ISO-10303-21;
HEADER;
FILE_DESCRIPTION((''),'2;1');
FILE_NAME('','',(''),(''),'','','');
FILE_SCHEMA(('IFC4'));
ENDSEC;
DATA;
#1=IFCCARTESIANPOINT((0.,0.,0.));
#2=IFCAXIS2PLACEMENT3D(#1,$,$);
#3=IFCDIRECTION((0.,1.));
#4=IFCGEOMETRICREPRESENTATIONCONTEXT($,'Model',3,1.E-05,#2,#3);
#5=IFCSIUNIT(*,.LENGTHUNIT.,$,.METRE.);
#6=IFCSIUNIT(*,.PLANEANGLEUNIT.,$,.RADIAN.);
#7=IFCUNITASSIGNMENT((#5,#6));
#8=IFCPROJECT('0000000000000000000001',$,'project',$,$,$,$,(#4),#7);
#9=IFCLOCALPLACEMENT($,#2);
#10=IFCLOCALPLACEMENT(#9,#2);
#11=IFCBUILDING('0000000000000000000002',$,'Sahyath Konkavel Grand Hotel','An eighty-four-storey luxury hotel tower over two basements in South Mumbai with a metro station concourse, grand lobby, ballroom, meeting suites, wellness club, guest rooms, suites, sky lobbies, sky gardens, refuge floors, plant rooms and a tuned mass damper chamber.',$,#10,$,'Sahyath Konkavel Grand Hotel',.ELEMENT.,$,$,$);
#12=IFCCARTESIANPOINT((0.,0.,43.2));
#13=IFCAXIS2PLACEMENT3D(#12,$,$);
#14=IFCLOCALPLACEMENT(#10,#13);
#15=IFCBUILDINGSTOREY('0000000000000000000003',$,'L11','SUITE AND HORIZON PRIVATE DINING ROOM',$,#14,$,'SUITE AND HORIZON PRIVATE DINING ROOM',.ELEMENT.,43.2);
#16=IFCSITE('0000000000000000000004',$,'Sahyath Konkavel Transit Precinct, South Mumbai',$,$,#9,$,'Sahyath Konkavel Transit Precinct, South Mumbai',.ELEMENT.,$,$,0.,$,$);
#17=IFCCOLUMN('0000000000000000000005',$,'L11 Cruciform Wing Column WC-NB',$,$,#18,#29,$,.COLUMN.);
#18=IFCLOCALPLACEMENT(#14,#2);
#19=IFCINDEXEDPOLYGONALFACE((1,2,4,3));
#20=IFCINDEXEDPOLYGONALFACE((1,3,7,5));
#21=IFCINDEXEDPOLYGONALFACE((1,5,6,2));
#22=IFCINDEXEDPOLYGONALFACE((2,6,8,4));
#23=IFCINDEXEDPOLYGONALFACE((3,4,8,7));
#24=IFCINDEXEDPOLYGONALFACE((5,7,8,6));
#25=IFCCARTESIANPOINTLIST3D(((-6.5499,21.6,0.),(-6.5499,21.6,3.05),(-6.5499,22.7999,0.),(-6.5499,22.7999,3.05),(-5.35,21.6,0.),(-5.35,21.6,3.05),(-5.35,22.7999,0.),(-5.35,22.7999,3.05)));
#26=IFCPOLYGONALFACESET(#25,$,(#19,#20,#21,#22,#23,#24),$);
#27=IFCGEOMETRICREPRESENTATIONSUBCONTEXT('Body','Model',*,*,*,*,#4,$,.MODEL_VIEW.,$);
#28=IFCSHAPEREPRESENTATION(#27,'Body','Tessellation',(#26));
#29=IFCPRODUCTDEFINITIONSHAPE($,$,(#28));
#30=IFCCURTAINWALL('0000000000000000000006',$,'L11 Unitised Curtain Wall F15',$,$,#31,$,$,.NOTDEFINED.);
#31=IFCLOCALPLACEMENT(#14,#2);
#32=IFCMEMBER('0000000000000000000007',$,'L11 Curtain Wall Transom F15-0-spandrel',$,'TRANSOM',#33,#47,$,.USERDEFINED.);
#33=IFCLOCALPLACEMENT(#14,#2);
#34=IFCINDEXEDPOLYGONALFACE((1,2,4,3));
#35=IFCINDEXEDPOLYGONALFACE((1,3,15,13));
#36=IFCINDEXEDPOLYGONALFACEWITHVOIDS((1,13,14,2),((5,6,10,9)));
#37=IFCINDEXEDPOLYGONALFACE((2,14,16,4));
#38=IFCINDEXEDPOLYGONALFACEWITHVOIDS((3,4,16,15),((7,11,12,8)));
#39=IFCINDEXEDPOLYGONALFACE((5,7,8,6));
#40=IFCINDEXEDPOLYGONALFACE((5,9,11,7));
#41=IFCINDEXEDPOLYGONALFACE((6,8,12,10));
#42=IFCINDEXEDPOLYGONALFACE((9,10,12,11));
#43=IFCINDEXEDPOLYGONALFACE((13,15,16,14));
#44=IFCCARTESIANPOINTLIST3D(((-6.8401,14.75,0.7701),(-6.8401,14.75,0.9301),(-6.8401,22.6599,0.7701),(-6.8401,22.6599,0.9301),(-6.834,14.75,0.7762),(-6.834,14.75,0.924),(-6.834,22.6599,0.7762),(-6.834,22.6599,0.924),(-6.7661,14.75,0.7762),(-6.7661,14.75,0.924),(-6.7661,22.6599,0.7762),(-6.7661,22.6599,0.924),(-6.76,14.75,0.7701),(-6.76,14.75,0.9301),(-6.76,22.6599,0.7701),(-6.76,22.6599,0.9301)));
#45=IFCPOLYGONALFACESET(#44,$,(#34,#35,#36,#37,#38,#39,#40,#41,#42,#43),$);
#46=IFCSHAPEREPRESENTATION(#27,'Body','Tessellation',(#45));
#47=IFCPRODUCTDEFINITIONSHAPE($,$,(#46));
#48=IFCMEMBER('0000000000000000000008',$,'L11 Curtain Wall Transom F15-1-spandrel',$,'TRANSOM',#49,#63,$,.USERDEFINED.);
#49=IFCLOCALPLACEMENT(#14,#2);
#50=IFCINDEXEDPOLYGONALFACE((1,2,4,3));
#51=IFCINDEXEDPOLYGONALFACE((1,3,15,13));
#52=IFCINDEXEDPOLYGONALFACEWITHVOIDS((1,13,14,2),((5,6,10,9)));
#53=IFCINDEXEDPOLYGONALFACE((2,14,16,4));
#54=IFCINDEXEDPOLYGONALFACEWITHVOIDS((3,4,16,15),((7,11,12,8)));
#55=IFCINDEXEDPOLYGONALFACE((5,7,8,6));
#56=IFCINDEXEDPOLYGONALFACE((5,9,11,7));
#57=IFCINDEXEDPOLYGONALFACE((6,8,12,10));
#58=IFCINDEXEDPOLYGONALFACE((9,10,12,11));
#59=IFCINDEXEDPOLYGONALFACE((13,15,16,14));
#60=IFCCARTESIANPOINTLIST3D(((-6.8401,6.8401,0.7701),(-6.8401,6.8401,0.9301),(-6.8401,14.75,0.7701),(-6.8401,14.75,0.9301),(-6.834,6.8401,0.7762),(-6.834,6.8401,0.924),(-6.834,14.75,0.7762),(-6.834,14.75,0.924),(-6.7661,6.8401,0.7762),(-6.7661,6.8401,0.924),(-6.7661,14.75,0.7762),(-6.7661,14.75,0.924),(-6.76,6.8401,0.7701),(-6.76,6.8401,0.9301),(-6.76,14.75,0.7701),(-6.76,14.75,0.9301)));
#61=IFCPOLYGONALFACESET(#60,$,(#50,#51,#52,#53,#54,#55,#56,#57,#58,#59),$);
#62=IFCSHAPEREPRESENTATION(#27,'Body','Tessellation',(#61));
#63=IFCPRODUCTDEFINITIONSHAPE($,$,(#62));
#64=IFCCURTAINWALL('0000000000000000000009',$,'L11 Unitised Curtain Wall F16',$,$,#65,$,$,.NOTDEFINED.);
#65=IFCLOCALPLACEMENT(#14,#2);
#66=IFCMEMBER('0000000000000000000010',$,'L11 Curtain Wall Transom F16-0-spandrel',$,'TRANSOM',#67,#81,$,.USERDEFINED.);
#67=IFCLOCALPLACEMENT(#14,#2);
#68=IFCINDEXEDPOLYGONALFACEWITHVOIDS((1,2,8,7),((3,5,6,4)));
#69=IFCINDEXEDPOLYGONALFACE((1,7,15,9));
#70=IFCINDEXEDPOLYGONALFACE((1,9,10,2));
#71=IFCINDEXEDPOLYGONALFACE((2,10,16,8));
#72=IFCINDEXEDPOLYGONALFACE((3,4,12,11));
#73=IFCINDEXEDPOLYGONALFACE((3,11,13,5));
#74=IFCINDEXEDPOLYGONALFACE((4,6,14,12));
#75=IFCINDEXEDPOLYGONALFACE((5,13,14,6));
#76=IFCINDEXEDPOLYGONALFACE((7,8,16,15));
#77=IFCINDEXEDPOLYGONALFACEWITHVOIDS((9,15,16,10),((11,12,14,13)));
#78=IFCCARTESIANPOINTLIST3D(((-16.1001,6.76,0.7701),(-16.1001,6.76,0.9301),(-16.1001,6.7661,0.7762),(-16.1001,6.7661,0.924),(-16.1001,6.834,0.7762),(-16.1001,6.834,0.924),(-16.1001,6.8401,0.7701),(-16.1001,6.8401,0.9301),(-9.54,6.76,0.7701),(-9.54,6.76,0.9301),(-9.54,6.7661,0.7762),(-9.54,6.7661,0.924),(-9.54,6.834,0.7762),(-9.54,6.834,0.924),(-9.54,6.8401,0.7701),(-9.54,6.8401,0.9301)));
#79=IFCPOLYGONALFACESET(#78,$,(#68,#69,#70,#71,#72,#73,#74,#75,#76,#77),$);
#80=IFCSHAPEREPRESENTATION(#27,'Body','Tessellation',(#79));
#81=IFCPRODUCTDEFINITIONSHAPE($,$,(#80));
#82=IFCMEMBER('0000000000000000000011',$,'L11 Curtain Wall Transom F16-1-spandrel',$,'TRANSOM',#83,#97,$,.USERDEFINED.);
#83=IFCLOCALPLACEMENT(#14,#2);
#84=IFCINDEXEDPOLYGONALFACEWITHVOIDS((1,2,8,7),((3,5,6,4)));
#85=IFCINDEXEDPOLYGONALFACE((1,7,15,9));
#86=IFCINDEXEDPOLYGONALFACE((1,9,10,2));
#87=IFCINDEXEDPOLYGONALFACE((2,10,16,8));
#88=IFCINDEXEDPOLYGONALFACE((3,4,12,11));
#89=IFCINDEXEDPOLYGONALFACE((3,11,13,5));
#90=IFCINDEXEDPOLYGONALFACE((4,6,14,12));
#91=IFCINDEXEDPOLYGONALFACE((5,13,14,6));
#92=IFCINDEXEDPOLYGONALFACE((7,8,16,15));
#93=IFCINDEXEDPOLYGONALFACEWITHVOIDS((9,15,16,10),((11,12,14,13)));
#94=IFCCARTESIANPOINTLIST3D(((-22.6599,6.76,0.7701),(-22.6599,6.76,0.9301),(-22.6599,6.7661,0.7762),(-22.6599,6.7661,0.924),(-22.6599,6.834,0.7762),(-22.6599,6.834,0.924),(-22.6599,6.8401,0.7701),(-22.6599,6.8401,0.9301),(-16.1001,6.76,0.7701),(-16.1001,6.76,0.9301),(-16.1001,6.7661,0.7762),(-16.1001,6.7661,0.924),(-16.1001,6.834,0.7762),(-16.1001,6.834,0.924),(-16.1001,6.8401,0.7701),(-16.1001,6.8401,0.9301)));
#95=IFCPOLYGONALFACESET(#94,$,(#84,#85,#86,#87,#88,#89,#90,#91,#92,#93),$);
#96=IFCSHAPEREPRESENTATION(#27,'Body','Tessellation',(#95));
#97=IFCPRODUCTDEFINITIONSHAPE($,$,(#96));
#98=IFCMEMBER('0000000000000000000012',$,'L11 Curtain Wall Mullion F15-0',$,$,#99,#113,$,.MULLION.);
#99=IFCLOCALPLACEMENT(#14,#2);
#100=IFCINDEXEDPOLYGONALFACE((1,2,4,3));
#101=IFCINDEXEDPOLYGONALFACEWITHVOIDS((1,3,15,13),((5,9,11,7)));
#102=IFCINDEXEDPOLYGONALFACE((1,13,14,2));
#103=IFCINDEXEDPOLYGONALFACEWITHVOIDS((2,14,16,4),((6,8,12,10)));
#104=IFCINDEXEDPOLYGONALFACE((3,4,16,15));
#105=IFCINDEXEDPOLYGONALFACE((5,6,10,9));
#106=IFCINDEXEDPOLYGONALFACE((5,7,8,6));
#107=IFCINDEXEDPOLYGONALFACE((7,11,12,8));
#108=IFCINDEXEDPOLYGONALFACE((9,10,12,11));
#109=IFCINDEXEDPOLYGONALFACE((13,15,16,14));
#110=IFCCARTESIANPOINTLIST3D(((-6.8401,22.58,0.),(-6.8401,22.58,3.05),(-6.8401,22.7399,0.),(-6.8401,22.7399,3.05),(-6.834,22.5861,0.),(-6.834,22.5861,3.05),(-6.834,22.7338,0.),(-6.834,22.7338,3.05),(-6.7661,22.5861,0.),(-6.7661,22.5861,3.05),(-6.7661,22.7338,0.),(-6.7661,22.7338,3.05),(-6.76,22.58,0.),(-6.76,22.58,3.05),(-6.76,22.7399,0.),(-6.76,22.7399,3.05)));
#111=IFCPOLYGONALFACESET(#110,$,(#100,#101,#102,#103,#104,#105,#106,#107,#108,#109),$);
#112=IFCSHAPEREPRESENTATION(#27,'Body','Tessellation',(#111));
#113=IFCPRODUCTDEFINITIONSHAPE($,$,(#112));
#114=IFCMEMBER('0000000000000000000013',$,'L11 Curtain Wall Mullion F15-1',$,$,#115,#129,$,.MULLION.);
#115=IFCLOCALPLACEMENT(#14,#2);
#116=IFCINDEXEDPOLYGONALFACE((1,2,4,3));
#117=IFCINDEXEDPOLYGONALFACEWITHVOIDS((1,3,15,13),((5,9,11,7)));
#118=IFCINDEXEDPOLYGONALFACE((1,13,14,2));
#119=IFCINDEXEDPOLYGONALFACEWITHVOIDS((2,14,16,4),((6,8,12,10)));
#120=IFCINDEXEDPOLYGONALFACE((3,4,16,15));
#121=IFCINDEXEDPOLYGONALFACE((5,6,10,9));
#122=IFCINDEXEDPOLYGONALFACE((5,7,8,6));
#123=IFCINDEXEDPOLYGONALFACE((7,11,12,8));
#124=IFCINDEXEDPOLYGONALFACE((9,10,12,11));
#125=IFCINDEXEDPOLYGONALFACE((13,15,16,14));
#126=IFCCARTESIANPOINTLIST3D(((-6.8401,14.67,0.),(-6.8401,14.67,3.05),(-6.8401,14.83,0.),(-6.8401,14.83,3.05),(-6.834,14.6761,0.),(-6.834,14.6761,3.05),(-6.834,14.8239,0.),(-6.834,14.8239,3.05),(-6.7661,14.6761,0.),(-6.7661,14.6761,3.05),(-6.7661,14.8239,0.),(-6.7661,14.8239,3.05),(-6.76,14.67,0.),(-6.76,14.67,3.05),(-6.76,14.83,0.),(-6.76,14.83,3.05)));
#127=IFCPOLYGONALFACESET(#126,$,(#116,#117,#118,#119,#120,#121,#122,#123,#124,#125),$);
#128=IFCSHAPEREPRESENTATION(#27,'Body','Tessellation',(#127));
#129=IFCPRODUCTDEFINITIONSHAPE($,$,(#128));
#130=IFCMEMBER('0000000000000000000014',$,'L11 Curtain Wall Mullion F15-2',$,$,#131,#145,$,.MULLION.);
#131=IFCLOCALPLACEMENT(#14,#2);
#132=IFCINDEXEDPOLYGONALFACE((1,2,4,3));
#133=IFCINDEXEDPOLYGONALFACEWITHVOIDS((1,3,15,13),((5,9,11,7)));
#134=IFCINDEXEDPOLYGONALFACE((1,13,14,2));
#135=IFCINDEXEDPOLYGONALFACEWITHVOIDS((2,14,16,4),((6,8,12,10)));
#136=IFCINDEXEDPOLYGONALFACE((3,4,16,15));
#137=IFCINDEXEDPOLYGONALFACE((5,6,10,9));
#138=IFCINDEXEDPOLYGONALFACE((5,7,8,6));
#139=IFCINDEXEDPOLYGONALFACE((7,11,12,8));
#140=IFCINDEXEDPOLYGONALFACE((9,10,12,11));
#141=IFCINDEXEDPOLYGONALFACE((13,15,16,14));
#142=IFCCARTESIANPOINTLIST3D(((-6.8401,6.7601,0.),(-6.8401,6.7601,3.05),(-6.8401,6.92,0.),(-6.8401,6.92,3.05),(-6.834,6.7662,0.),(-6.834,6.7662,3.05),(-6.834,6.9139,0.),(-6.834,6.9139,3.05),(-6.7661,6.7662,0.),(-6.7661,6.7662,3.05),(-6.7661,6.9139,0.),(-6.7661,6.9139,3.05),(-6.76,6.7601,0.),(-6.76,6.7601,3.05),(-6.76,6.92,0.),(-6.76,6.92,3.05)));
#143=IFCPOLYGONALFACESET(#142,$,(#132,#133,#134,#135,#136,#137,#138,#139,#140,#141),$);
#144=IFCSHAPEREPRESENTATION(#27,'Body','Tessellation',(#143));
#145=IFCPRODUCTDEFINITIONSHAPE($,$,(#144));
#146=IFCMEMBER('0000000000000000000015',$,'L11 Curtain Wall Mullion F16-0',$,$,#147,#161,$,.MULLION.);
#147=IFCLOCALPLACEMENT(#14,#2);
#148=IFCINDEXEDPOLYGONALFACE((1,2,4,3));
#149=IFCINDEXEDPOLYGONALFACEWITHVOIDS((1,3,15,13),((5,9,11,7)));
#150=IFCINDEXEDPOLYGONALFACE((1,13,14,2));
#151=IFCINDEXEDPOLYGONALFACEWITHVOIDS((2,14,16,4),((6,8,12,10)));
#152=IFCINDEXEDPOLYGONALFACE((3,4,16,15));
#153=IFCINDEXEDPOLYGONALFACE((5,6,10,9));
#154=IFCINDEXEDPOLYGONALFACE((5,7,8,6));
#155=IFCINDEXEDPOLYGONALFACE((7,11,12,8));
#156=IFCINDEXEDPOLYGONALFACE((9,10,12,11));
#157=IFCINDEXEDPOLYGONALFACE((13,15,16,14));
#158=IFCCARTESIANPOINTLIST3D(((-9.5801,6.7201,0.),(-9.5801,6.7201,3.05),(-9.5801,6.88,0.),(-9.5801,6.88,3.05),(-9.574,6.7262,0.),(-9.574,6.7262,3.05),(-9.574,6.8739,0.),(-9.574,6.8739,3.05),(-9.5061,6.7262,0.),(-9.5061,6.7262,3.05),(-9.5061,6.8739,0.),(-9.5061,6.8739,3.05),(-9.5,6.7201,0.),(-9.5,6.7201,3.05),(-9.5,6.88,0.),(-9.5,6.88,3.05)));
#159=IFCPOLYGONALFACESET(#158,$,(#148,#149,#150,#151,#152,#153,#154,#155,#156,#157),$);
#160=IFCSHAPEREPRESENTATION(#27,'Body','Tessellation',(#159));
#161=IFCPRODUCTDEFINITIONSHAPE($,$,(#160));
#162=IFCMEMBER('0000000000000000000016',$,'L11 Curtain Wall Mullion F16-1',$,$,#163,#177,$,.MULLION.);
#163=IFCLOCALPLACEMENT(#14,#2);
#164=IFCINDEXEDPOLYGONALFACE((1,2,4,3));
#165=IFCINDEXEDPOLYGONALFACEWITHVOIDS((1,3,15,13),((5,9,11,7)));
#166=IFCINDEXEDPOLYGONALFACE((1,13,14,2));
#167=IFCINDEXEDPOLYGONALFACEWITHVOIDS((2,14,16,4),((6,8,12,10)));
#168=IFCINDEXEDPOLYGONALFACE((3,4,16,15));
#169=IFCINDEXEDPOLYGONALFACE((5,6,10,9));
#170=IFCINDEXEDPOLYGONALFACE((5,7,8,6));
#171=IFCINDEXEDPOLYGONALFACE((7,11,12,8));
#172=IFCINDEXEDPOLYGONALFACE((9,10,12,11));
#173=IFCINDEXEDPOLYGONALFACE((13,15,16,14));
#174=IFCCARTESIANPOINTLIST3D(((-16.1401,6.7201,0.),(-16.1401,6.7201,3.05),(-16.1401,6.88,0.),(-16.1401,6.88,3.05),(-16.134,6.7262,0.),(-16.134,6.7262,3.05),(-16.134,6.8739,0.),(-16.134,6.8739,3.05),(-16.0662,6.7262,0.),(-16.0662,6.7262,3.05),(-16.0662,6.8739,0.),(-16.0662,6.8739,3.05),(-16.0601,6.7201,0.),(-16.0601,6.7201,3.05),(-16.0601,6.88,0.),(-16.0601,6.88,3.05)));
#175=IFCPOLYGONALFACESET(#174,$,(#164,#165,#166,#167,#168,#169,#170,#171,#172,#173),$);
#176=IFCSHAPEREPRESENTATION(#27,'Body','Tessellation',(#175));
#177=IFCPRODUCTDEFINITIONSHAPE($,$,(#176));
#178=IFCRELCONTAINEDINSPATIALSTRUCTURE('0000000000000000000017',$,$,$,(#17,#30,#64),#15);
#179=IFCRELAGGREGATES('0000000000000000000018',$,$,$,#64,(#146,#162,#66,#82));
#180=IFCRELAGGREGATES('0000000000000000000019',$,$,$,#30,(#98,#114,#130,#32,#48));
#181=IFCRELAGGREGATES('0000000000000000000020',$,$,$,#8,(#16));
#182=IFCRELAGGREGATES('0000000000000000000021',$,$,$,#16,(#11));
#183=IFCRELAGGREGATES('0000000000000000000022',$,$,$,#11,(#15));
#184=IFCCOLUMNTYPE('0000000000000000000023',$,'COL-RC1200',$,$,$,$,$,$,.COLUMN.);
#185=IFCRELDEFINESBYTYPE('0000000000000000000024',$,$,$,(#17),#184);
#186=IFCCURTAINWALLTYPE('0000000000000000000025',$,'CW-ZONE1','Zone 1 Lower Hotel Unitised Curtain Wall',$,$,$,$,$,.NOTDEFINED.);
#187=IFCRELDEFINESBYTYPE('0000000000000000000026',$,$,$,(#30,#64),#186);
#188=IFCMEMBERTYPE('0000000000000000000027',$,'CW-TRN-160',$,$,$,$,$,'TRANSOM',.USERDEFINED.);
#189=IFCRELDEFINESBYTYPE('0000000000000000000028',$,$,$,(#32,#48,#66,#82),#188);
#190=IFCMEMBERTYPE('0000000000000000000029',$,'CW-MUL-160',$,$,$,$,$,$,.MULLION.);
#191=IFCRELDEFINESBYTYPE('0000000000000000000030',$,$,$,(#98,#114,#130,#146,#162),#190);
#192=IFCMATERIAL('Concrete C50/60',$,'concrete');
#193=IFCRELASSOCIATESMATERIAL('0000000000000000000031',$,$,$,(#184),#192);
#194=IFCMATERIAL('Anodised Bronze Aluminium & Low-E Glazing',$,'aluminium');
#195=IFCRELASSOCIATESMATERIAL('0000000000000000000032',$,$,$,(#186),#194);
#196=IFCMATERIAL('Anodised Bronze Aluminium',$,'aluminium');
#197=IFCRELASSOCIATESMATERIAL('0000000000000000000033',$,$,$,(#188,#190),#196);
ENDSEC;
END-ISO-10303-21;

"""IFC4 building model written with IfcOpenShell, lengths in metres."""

from ifc_helpers import new_model, si_unit, direction, frame, origin, origin_2d, place, context, subcontext, project, spatial, rectangle, hollow_rectangle, extrude, source, transform, mapped, material, material_profile, profile_set, type_object, element, aggregate, save


model = new_model("IFC4")

# Units and contexts
model_context = context("Model", 3, precision=1e-05, world=origin(), true_north=direction((0.0, 1.0)))
body_context = subcontext(model_context, "Body", "Model", "MODEL_VIEW")
ifc_project = project(units=[si_unit("LENGTHUNIT", "METRE"), si_unit("PLANEANGLEUNIT", "RADIAN")], contexts=[model_context])

# Site, building, storey
site_placement = place(None, origin())
site = spatial("IfcSite", under=ifc_project, at=site_placement, Name="Sahyath Konkavel Transit Precinct, South Mumbai", LongName="Sahyath Konkavel Transit Precinct, South Mumbai", CompositionType="ELEMENT", RefElevation=0.0)
building_placement = place(site_placement, origin())
building = spatial("IfcBuilding", under=site, at=building_placement, Name="Sahyath Konkavel Grand Hotel", Description="An eighty-four-storey luxury hotel tower over two basements in South Mumbai with a metro station concourse, grand lobby, ballroom, meeting suites, wellness club, guest rooms, suites, sky lobbies, sky gardens, refuge floors, plant rooms and a tuned mass damper chamber.", LongName="Sahyath Konkavel Grand Hotel", CompositionType="ELEMENT")
storey_placement = place(building_placement, frame((0.0, 0.0, 43.2)))
storey = spatial("IfcBuildingStorey", under=building, at=storey_placement, Name="L11", Description="SUITE AND HORIZON PRIVATE DINING ROOM", LongName="SUITE AND HORIZON PRIVATE DINING ROOM", CompositionType="ELEMENT", Elevation=43.2)

# Column
ifc_material_1 = material(Name="Concrete C50/60", Category="concrete")
ifc_material_profile_1 = material_profile(ifc_material_1, rectangle(XDim=1.2, YDim=1.2, at=origin_2d()), Name="RC 1200x1200")
ifc_profile_set_1 = profile_set([ifc_material_profile_1], Name="Concrete C50/60")
column_type = type_object("IfcColumnType", Name="COL-RC1200", PredefinedType="COLUMN", material=ifc_profile_set_1)
shared_shape_1 = source(origin(), body_context, "Body", "SweptSolid", [
    extrude(rectangle(XDim=1.2, YDim=1.2, at=origin_2d()), origin(), (0.0, 0.0, 1.0), 3.05),
])
column_placement = place(storey_placement, frame((-5.95, 22.2, 0.0), z_axis=(0.0, 0.0, 1.0), x_axis=(1.0, 0.0, 0.0)))
element("IfcColumn", 1, at=column_placement, inside=storey, type_object=column_type, Name="L11 Cruciform Wing Column WC-NB", PredefinedType="COLUMN", context=body_context, shape_type="MappedRepresentation", body=[
    mapped(shared_shape_1, transform((0.0, 0.0, 0.0), scale=1.0)),
])

# Curtain walls, members
ifc_material_2 = material(Name="Anodised Bronze Aluminium & Low-E Glazing", Category="aluminium")
curtain_wall_type = type_object("IfcCurtainWallType", Name="CW-ZONE1", Description="Zone 1 Lower Hotel Unitised Curtain Wall", PredefinedType="NOTDEFINED", material=ifc_material_2)
curtain_wall_1_placement = place(storey_placement, origin())
curtain_wall_1 = element("IfcCurtainWall", 2, at=curtain_wall_1_placement, inside=storey, type_object=curtain_wall_type, Name="L11 Unitised Curtain Wall F15", PredefinedType="NOTDEFINED")
ifc_material_3 = material(Name="Anodised Bronze Aluminium", Category="aluminium")
ifc_material_profile_2 = material_profile(ifc_material_3, hollow_rectangle(XDim=0.0801, YDim=0.1599, WallThickness=0.0061, at=origin_2d()), Name="RHS 160x80x6")
ifc_profile_set_2 = profile_set([ifc_material_profile_2], Name="Anodised Bronze Aluminium")
member_type_1 = type_object("IfcMemberType", Name="CW-TRN-160", ElementType="TRANSOM", PredefinedType="USERDEFINED", material=ifc_profile_set_2)
shared_shape_2 = source(origin(), body_context, "Body", "SweptSolid", [
    extrude(hollow_rectangle(XDim=0.0801, YDim=0.1599, WallThickness=0.0061, at=origin_2d()), origin(), (0.0, 0.0, 1.0), 7.9099),
])
member_1_placement = place(storey_placement, frame((-6.8, 22.6599, 0.8501), z_axis=(0.0, -1.0, 0.0), x_axis=(1.0, 0.0, 0.0)))
member_1 = element("IfcMember", 3, at=member_1_placement, type_object=member_type_1, Name="L11 Curtain Wall Transom F15-0-spandrel", ObjectType="TRANSOM", PredefinedType="USERDEFINED", context=body_context, shape_type="MappedRepresentation", body=[
    mapped(shared_shape_2, transform((0.0, 0.0, 0.0), scale=1.0)),
])
member_2_placement = place(storey_placement, frame((-6.8, 14.75, 0.8501), z_axis=(0.0, -1.0, 0.0), x_axis=(1.0, 0.0, 0.0)))
member_2 = element("IfcMember", 4, at=member_2_placement, type_object=member_type_1, Name="L11 Curtain Wall Transom F15-1-spandrel", ObjectType="TRANSOM", PredefinedType="USERDEFINED", context=body_context, shape_type="MappedRepresentation", body=[
    mapped(shared_shape_2, transform((0.0, 0.0, 0.0), scale=1.0)),
])
curtain_wall_2_placement = place(storey_placement, origin())
curtain_wall_2 = element("IfcCurtainWall", 5, at=curtain_wall_2_placement, inside=storey, type_object=curtain_wall_type, Name="L11 Unitised Curtain Wall F16", PredefinedType="NOTDEFINED")
shared_shape_3 = source(origin(), body_context, "Body", "SweptSolid", [
    extrude(hollow_rectangle(XDim=0.0801, YDim=0.1599, WallThickness=0.0061, at=origin_2d()), origin(), (0.0, 0.0, 1.0), 6.5601),
])
member_3_placement = place(storey_placement, frame((-9.54, 6.8, 0.8501), z_axis=(-1.0, 0.0, 0.0), x_axis=(0.0, -1.0, 0.0)))
member_3 = element("IfcMember", 6, at=member_3_placement, type_object=member_type_1, Name="L11 Curtain Wall Transom F16-0-spandrel", ObjectType="TRANSOM", PredefinedType="USERDEFINED", context=body_context, shape_type="MappedRepresentation", body=[
    mapped(shared_shape_3, transform((0.0, 0.0, 0.0), scale=1.0)),
])
shared_shape_4 = source(origin(), body_context, "Body", "SweptSolid", [
    extrude(hollow_rectangle(XDim=0.0801, YDim=0.1599, WallThickness=0.0061, at=origin_2d()), origin(), (0.0, 0.0, 1.0), 6.5598),
])
member_4_placement = place(storey_placement, frame((-16.1001, 6.8, 0.8501), z_axis=(-1.0, 0.0, 0.0), x_axis=(0.0, -1.0, 0.0)))
member_4 = element("IfcMember", 7, at=member_4_placement, type_object=member_type_1, Name="L11 Curtain Wall Transom F16-1-spandrel", ObjectType="TRANSOM", PredefinedType="USERDEFINED", context=body_context, shape_type="MappedRepresentation", body=[
    mapped(shared_shape_4, transform((0.0, 0.0, 0.0), scale=1.0)),
])

# Members
ifc_material_profile_3 = material_profile(ifc_material_3, hollow_rectangle(XDim=0.0801, YDim=0.1599, WallThickness=0.0061, at=origin_2d()), Name="RHS 160x80x6")
ifc_profile_set_3 = profile_set([ifc_material_profile_3], Name="Anodised Bronze Aluminium")
member_type_2 = type_object("IfcMemberType", Name="CW-MUL-160", PredefinedType="MULLION", material=ifc_profile_set_3)
shared_shape_5 = source(origin(), body_context, "Body", "SweptSolid", [
    extrude(hollow_rectangle(XDim=0.0801, YDim=0.1599, WallThickness=0.0061, at=origin_2d()), origin(), (0.0, 0.0, 1.0), 3.05),
])
member_5_placement = place(storey_placement, frame((-6.8, 22.6599, 0.0), z_axis=(0.0, 0.0, 1.0), x_axis=(1.0, 0.0, 0.0)))
member_5 = element("IfcMember", 8, at=member_5_placement, type_object=member_type_2, Name="L11 Curtain Wall Mullion F15-0", PredefinedType="MULLION", context=body_context, shape_type="MappedRepresentation", body=[
    mapped(shared_shape_5, transform((0.0, 0.0, 0.0), scale=1.0)),
])
member_6_placement = place(storey_placement, frame((-6.8, 14.75, 0.0), z_axis=(0.0, 0.0, 1.0), x_axis=(1.0, 0.0, 0.0)))
member_6 = element("IfcMember", 9, at=member_6_placement, type_object=member_type_2, Name="L11 Curtain Wall Mullion F15-1", PredefinedType="MULLION", context=body_context, shape_type="MappedRepresentation", body=[
    mapped(shared_shape_5, transform((0.0, 0.0, 0.0), scale=1.0)),
])
member_7_placement = place(storey_placement, frame((-6.8, 6.8401, 0.0), z_axis=(0.0, 0.0, 1.0), x_axis=(1.0, 0.0, 0.0)))
member_7 = element("IfcMember", 10, at=member_7_placement, type_object=member_type_2, Name="L11 Curtain Wall Mullion F15-2", PredefinedType="MULLION", context=body_context, shape_type="MappedRepresentation", body=[
    mapped(shared_shape_5, transform((0.0, 0.0, 0.0), scale=1.0)),
])
member_8_placement = place(storey_placement, frame((-9.54, 6.8, 0.0), z_axis=(0.0, 0.0, 1.0), x_axis=(1.0, 0.0, 0.0)))
member_8 = element("IfcMember", 11, at=member_8_placement, type_object=member_type_2, Name="L11 Curtain Wall Mullion F16-0", PredefinedType="MULLION", context=body_context, shape_type="MappedRepresentation", body=[
    mapped(shared_shape_5, transform((0.0, 0.0, 0.0), scale=1.0)),
])
member_9_placement = place(storey_placement, frame((-16.1001, 6.8, 0.0), z_axis=(0.0, 0.0, 1.0), x_axis=(1.0, 0.0, 0.0)))
member_9 = element("IfcMember", 12, at=member_9_placement, type_object=member_type_2, Name="L11 Curtain Wall Mullion F16-1", PredefinedType="MULLION", context=body_context, shape_type="MappedRepresentation", body=[
    mapped(shared_shape_5, transform((0.0, 0.0, 0.0), scale=1.0)),
])

aggregate(curtain_wall_2, [member_8, member_9, member_3, member_4])
aggregate(curtain_wall_1, [member_5, member_6, member_7, member_1, member_2])

save(model, "model.ifc")
